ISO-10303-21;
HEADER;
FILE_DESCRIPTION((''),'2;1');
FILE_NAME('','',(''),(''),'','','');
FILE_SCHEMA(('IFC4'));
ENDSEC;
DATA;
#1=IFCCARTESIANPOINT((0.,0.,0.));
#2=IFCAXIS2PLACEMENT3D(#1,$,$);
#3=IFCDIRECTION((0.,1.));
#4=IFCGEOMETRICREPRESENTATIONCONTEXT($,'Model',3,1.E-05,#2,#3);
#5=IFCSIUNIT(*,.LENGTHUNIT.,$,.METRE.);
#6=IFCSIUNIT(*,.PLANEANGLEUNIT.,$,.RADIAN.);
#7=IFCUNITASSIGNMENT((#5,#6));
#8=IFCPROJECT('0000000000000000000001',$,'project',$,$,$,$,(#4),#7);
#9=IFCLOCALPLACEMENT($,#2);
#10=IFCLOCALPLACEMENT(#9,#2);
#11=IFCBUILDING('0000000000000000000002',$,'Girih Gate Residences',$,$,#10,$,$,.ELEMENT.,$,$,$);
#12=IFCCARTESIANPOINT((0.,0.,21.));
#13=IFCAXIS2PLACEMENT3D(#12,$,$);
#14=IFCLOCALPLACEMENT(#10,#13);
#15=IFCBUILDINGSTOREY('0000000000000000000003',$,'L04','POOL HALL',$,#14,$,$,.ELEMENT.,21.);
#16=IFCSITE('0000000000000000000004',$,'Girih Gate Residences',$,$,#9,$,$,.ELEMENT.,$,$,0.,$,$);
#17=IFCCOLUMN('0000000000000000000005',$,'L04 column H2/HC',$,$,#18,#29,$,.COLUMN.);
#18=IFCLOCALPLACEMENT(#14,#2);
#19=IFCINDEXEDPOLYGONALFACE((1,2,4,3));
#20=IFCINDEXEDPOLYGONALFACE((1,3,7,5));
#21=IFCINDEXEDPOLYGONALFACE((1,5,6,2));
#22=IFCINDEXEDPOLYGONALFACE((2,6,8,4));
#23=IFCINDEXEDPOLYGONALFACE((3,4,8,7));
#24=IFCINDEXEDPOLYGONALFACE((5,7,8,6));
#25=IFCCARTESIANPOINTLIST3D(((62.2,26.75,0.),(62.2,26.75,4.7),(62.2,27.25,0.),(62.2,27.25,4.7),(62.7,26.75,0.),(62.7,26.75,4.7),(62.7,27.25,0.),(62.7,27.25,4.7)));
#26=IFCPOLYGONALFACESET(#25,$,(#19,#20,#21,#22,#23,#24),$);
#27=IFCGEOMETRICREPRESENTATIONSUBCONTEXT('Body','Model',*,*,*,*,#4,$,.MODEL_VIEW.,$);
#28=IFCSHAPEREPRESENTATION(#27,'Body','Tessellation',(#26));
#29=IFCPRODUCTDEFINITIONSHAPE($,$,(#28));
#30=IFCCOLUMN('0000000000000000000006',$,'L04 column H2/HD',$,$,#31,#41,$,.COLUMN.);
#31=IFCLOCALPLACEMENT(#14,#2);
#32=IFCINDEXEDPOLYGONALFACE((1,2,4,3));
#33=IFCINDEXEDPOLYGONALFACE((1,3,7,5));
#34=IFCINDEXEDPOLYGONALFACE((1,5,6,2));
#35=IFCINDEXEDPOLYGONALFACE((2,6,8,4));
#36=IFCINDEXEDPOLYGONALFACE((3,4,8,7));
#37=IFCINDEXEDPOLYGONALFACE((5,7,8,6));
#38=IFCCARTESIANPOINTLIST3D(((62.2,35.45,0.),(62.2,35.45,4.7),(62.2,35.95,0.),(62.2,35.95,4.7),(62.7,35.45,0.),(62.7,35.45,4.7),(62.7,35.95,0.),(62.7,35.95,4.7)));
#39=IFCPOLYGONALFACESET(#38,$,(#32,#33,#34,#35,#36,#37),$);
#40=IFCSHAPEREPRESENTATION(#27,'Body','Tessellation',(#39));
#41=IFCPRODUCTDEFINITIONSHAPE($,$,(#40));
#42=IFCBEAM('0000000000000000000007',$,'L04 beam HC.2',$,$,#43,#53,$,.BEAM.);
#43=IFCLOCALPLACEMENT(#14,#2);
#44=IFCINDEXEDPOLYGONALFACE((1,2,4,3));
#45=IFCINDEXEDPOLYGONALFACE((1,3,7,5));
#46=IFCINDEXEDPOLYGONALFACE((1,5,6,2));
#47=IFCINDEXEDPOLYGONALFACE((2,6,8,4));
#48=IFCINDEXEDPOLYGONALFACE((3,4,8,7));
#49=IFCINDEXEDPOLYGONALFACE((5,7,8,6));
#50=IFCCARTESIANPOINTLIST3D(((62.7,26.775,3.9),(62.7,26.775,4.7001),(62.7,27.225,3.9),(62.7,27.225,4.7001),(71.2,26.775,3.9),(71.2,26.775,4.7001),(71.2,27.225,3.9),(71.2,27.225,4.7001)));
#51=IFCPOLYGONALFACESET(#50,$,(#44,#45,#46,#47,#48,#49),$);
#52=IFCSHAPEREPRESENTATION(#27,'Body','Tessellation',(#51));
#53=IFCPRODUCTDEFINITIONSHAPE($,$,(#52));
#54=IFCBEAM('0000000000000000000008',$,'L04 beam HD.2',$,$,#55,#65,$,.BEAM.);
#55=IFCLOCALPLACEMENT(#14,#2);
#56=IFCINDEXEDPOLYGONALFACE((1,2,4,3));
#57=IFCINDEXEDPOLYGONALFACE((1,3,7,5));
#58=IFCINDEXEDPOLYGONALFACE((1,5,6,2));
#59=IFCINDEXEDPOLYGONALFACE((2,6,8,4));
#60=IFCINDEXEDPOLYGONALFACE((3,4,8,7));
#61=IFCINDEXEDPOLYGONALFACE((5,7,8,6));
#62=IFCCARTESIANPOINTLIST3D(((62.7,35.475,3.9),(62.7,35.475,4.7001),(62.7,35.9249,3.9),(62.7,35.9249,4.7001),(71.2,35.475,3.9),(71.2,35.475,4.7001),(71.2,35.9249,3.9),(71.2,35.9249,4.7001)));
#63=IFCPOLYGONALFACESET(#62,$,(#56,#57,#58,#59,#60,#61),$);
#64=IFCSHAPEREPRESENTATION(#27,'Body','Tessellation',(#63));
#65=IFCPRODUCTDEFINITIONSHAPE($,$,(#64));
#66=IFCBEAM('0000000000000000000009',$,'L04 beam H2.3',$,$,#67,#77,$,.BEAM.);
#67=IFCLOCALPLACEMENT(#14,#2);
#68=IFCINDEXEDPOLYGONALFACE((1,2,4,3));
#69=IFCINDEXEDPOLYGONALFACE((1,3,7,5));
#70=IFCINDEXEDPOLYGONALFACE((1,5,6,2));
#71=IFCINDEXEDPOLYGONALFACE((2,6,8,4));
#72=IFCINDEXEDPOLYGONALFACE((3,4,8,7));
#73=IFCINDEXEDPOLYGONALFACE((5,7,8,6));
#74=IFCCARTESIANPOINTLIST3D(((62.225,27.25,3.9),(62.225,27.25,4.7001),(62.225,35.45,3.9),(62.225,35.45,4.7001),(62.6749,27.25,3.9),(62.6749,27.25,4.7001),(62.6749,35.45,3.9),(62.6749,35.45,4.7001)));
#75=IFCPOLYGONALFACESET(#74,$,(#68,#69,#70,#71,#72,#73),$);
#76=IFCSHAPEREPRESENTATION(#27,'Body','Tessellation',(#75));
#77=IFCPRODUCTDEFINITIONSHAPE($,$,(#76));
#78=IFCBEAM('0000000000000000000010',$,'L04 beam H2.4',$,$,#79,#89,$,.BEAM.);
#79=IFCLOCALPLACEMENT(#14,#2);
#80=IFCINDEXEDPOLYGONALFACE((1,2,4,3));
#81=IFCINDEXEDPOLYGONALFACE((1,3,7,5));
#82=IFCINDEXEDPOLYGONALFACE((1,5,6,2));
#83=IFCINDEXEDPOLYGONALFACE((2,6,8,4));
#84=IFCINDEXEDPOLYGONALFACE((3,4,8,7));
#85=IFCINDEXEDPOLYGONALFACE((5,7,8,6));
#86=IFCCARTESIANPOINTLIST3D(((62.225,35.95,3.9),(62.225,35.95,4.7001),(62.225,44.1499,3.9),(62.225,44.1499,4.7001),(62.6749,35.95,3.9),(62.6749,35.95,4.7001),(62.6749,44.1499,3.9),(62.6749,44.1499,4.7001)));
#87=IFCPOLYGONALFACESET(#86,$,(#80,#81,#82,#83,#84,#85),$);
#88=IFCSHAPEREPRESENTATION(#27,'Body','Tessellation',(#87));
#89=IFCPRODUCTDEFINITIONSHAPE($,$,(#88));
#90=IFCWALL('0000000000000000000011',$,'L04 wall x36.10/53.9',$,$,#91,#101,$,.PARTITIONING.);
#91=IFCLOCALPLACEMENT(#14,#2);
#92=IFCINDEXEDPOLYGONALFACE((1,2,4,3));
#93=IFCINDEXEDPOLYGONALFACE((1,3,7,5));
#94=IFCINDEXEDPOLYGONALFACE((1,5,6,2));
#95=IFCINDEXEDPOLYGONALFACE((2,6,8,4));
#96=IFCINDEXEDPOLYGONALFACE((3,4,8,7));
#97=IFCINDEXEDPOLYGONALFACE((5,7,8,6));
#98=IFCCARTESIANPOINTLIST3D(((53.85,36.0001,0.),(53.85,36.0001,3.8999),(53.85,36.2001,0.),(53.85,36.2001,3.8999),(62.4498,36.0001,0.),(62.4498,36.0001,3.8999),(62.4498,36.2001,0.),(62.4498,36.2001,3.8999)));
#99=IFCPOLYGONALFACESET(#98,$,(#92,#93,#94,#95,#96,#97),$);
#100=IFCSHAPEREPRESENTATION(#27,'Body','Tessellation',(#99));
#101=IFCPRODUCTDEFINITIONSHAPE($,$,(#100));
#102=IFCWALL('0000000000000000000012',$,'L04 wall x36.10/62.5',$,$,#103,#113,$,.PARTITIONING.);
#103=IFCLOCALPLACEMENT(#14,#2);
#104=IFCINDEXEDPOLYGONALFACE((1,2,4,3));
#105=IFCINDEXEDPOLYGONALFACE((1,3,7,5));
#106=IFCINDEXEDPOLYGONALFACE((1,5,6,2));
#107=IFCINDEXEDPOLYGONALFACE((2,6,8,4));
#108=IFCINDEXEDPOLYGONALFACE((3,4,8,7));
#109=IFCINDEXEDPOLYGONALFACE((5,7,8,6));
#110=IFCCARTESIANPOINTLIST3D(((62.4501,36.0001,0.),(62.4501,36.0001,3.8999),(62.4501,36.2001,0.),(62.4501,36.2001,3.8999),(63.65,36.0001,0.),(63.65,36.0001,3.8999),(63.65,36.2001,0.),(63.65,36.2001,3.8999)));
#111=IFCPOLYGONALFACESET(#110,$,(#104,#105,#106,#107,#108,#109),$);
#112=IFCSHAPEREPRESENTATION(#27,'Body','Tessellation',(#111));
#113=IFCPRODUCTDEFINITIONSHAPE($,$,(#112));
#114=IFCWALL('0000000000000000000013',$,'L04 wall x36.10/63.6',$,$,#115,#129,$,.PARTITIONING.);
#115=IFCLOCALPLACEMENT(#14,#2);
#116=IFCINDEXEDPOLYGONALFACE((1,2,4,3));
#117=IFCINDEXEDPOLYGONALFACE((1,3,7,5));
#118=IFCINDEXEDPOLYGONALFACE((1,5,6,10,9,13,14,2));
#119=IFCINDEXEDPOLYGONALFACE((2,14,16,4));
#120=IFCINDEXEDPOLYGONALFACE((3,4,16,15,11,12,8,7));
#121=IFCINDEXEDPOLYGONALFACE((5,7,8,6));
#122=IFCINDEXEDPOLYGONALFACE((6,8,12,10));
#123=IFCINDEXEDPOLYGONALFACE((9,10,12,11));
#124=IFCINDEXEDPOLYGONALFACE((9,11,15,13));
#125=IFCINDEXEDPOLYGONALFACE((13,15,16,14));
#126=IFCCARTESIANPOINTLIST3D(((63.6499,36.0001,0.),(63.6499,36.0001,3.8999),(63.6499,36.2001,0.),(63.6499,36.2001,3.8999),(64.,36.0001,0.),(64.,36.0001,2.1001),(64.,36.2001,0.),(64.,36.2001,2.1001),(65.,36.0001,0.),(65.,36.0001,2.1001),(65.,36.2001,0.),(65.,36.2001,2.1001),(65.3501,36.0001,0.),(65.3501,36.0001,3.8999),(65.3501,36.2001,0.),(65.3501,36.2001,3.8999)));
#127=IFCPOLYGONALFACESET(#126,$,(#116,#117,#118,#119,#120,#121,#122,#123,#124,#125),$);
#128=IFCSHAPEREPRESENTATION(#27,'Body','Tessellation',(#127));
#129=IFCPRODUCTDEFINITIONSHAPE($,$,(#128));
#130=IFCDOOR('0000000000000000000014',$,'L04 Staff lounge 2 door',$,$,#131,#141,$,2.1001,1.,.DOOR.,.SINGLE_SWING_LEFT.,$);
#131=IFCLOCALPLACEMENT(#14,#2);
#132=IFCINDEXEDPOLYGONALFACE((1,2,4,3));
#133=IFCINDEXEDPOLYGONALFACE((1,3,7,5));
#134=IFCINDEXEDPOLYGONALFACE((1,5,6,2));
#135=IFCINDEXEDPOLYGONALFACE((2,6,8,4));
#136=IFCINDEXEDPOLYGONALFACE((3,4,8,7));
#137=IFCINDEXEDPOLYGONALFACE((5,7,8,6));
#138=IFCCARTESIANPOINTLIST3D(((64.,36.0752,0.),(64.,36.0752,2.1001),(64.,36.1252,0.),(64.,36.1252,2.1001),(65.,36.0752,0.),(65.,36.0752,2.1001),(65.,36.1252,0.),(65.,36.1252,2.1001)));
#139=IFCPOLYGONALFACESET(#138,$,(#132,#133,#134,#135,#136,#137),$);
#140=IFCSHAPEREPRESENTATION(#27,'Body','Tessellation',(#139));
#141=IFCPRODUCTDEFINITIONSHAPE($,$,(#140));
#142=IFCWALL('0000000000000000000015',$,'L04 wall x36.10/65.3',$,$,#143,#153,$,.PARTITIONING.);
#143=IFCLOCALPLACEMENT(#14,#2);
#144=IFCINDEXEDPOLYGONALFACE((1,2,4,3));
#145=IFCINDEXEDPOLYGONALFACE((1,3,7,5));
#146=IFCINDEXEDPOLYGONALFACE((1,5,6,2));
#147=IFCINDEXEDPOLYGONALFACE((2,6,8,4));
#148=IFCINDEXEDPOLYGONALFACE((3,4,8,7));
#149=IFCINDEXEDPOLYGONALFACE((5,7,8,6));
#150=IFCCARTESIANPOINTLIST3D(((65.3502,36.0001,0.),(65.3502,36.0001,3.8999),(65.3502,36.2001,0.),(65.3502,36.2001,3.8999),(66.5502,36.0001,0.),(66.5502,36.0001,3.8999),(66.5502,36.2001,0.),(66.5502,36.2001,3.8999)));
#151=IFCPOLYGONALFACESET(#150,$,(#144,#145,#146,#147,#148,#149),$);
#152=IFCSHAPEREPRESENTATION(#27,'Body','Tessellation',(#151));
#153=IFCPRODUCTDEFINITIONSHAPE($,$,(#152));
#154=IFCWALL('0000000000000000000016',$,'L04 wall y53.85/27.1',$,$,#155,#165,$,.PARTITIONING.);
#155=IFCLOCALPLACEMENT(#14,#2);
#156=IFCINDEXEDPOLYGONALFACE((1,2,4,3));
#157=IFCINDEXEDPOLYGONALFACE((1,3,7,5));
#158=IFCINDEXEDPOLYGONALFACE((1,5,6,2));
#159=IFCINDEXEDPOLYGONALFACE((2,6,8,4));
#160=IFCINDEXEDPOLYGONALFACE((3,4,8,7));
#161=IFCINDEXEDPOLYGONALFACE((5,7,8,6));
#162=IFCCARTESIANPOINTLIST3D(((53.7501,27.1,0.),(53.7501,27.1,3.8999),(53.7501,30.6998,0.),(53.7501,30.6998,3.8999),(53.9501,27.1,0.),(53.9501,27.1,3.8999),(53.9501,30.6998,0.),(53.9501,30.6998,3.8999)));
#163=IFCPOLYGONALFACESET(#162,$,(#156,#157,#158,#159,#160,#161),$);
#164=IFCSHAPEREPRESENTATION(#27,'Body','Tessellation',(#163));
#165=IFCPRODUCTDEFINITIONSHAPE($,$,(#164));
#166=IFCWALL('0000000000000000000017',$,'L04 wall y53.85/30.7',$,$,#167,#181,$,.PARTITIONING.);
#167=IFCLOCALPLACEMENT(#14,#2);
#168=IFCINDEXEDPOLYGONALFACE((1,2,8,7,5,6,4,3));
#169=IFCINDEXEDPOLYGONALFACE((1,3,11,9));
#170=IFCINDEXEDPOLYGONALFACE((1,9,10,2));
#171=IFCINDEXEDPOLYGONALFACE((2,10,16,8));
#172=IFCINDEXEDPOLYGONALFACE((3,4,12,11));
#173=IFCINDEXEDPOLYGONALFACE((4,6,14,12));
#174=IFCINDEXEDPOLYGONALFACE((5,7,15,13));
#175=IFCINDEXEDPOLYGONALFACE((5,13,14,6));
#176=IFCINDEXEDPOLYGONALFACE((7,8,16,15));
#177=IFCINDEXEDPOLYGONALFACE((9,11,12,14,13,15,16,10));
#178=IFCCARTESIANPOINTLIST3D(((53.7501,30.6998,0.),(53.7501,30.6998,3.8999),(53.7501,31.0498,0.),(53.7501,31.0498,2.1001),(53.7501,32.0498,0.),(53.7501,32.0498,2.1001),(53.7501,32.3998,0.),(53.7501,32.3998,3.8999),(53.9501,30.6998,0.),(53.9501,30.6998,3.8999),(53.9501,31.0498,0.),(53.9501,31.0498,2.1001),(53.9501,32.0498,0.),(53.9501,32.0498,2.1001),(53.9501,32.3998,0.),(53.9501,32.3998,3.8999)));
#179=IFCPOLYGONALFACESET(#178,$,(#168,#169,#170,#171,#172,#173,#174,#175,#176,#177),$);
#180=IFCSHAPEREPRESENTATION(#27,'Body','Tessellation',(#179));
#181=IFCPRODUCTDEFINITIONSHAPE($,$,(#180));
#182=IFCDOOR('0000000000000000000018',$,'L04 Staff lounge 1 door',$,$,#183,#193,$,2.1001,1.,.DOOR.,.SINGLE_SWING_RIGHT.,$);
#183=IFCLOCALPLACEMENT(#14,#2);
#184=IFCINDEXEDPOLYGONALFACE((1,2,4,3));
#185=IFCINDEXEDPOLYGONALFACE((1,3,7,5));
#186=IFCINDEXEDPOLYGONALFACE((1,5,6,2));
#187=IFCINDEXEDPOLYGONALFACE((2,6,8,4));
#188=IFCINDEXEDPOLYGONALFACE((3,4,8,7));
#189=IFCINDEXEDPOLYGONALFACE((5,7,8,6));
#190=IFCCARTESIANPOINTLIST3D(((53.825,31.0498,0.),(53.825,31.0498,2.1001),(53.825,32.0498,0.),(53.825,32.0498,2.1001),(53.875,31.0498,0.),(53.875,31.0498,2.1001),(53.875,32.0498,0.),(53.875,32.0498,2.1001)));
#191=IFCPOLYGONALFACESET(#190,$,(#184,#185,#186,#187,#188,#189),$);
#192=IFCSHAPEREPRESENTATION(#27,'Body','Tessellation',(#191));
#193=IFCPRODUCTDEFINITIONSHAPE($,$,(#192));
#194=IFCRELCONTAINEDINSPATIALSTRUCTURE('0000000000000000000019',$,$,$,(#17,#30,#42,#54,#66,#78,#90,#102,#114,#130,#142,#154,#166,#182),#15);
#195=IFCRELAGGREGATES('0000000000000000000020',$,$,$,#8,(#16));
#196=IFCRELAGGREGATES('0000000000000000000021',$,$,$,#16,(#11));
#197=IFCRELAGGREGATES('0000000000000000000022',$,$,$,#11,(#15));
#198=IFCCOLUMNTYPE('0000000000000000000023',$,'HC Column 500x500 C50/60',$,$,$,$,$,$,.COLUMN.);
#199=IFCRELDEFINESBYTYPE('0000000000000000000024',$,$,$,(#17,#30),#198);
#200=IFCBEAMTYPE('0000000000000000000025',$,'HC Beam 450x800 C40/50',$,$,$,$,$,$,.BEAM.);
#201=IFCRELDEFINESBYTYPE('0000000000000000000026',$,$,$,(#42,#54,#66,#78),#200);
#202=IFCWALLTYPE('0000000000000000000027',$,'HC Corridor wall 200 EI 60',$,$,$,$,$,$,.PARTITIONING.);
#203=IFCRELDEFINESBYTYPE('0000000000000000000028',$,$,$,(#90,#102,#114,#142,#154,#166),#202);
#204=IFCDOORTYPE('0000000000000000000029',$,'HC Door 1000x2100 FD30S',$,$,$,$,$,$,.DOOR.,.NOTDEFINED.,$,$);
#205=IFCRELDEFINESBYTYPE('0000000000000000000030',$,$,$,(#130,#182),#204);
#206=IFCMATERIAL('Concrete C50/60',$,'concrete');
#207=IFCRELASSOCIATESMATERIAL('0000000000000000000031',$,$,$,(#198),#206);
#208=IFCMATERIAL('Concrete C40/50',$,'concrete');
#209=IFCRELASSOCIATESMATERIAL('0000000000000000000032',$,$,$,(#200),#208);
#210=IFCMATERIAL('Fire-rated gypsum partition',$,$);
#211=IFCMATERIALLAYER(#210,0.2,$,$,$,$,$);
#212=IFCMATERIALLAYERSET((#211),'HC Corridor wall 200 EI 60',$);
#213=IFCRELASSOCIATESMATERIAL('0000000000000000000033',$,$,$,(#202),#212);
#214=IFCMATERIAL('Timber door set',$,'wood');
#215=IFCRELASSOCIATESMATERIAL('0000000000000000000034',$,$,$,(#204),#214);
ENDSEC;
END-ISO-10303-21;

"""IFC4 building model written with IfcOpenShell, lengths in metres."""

from ifc_helpers import new_model, si_unit, direction, frame, frame_2d, origin, origin_2d, place, context, subcontext, project, spatial, rectangle, extrude, material, layer, layer_set, material_profile, profile_set, type_object, element, fill, save


model = new_model("IFC4")

# Units and contexts
model_context = context("Model", 3, precision=1e-05, world=origin(), true_north=direction((0.0, 1.0)))
body_context = subcontext(model_context, "Body", "Model", "MODEL_VIEW")
ifc_project = project(units=[si_unit("LENGTHUNIT", "METRE"), si_unit("PLANEANGLEUNIT", "RADIAN")], contexts=[model_context])

# Site, building, storey
site_placement = place(None, origin())
site = spatial("IfcSite", under=ifc_project, at=site_placement, Name="Girih Gate Residences", CompositionType="ELEMENT", RefElevation=0.0)
building_placement = place(site_placement, origin())
building = spatial("IfcBuilding", under=site, at=building_placement, Name="Girih Gate Residences", CompositionType="ELEMENT")
storey_placement = place(building_placement, frame((0.0, 0.0, 21.0)))
storey = spatial("IfcBuildingStorey", under=building, at=storey_placement, Name="L04", Description="POOL HALL", CompositionType="ELEMENT", Elevation=21.0)

# Columns
ifc_material_1 = material(Name="Concrete C50/60", Category="concrete")
ifc_material_profile_1 = material_profile(ifc_material_1, rectangle(XDim=0.5, YDim=0.5, at=origin_2d()))
ifc_profile_set_1 = profile_set([ifc_material_profile_1], Name="Concrete C50/60")
column_type = type_object("IfcColumnType", Name="HC Column 500x500 C50/60", PredefinedType="COLUMN", material=ifc_profile_set_1)
for number, where, z_axis, x_axis, name in (
    (1, (62.45, 27.0, 0.0), (0.0, 0.0, 1.0), (1.0, 0.0, 0.0), "L04 column H2/HC"),
    (2, (62.45, 35.7, 0.0), (0.0, 0.0, 1.0), (1.0, 0.0, 0.0), "L04 column H2/HD"),
):
    element("IfcColumn", number, at=place(storey_placement, frame(where, z_axis=z_axis, x_axis=x_axis)), inside=storey, type_object=column_type, Name=name, PredefinedType="COLUMN", context=body_context, shape_type="SweptSolid", body=[
        extrude(rectangle(XDim=0.5, YDim=0.5, at=origin_2d()), origin(), (0.0, 0.0, 1.0), 4.7),
    ])

# Beams
ifc_material_2 = material(Name="Concrete C40/50", Category="concrete")
ifc_material_profile_2 = material_profile(ifc_material_2, rectangle(XDim=0.45, YDim=0.8, at=origin_2d()))
ifc_profile_set_2 = profile_set([ifc_material_profile_2], Name="Concrete C40/50")
beam_type = type_object("IfcBeamType", Name="HC Beam 450x800 C40/50", PredefinedType="BEAM", material=ifc_profile_set_2)
for number, where, z_axis, x_axis, name in (
    (3, (62.7, 27.0, 4.3), (1.0, 0.0, 0.0), (0.0, 1.0, 0.0), "L04 beam HC.2"),
    (4, (62.7, 35.7, 4.3), (1.0, 0.0, 0.0), (0.0, 1.0, 0.0), "L04 beam HD.2"),
):
    element("IfcBeam", number, at=place(storey_placement, frame(where, z_axis=z_axis, x_axis=x_axis)), inside=storey, type_object=beam_type, Name=name, PredefinedType="BEAM", context=body_context, shape_type="SweptSolid", body=[
        extrude(rectangle(XDim=0.45, YDim=0.8, at=origin_2d()), origin(), (0.0, 0.0, 1.0), 8.5),
    ])
for number, where, z_axis, x_axis, name in (
    (5, (62.45, 27.25, 4.3), (0.0, 1.0, 0.0), (-1.0, 0.0, 0.0), "L04 beam H2.3"),
    (6, (62.45, 35.95, 4.3), (0.0, 1.0, 0.0), (-1.0, 0.0, 0.0), "L04 beam H2.4"),
):
    element("IfcBeam", number, at=place(storey_placement, frame(where, z_axis=z_axis, x_axis=x_axis)), inside=storey, type_object=beam_type, Name=name, PredefinedType="BEAM", context=body_context, shape_type="SweptSolid", body=[
        extrude(rectangle(XDim=0.45, YDim=0.8, at=origin_2d()), origin(), (0.0, 0.0, 1.0), 8.2),
    ])

# Walls
ifc_material_3 = material(Name="Fire-rated gypsum partition")
ifc_layer_1 = layer(ifc_material_3, 0.2)
ifc_layer_set_1 = layer_set([ifc_layer_1], Name="HC Corridor wall 200 EI 60")
wall_type_1 = type_object("IfcWallType", Name="HC Corridor wall 200 EI 60", PredefinedType="PARTITIONING", material=ifc_layer_set_1)
wall_1_placement = place(storey_placement, frame((53.8501, 36.1001, 0.0), z_axis=(0.0, 0.0, 1.0), x_axis=(1.0, 0.0, 0.0)))
element("IfcWall", 7, at=wall_1_placement, inside=storey, type_object=wall_type_1, Name="L04 wall x36.10/53.9", PredefinedType="PARTITIONING", context=body_context, shape_type="SweptSolid", body=[
    extrude(rectangle(XDim=8.5999, YDim=0.2, at=frame_2d((4.2998, 0.0))), origin(), (0.0, 0.0, 1.0), 3.8999),
])
wall_2_placement = place(storey_placement, frame((62.45, 36.1001, 0.0), z_axis=(0.0, 0.0, 1.0), x_axis=(1.0, 0.0, 0.0)))
element("IfcWall", 8, at=wall_2_placement, inside=storey, type_object=wall_type_1, Name="L04 wall x36.10/62.5", PredefinedType="PARTITIONING", context=body_context, shape_type="SweptSolid", body=[
    extrude(rectangle(XDim=1.2, YDim=0.2, at=frame_2d((0.6001, 0.0))), origin(), (0.0, 0.0, 1.0), 3.8999),
])

# Wall, opening, door
wall_3_placement = place(storey_placement, frame((65.3501, 36.1001, 0.0), z_axis=(0.0, 0.0, 1.0), x_axis=(-1.0, 0.0, 0.0)))
wall_3 = element("IfcWall", 9, at=wall_3_placement, inside=storey, type_object=wall_type_1, Name="L04 wall x36.10/63.6", PredefinedType="PARTITIONING", context=body_context, shape_type="SweptSolid", body=[
    extrude(rectangle(XDim=1.7002, YDim=0.2, at=frame_2d((0.8501, 0.0))), origin(), (0.0, 0.0, 1.0), 3.8999),
])
opening_1_placement = place(wall_3_placement, frame((0.3501, 0.0, 0.0)))
opening_1 = element("IfcOpeningElement", 10, at=opening_1_placement, cuts=wall_3, PredefinedType="OPENING", context=body_context, shape_type="SweptSolid", body=[
    extrude(rectangle(XDim=1.0, YDim=2.1001, at=frame_2d((0.5, 1.05))), frame((0.0, 0.1099, 0.0), z_axis=(0.0, -1.0, 0.0), x_axis=(1.0, 0.0, 0.0)), (0.0, 0.0, 1.0), 0.22),
])
ifc_material_4 = material(Name="Timber door set", Category="wood")
door_type = type_object("IfcDoorType", Name="HC Door 1000x2100 FD30S", OperationType="NOTDEFINED", PredefinedType="DOOR", material=ifc_material_4)
door_1_placement = place(opening_1_placement, origin())
door_1 = element("IfcDoor", 11, at=door_1_placement, inside=storey, type_object=door_type, Name="L04 Staff lounge 2 door", OperationType="SINGLE_SWING_LEFT", OverallHeight=2.1001, OverallWidth=1.0, PredefinedType="DOOR", context=body_context, shape_type="SweptSolid", body=[
    extrude(rectangle(XDim=1.0, YDim=2.1001, at=frame_2d((0.5, 1.05))), frame((0.0, 0.0249, 0.0), z_axis=(0.0, -1.0, 0.0), x_axis=(1.0, 0.0, 0.0)), (0.0, 0.0, 1.0), 0.05),
])
fill(opening_1, door_1)

# Walls
wall_4_placement = place(storey_placement, frame((65.3501, 36.1001, 0.0), z_axis=(0.0, 0.0, 1.0), x_axis=(1.0, 0.0, 0.0)))
element("IfcWall", 12, at=wall_4_placement, inside=storey, type_object=wall_type_1, Name="L04 wall x36.10/65.3", PredefinedType="PARTITIONING", context=body_context, shape_type="SweptSolid", body=[
    extrude(rectangle(XDim=1.2, YDim=0.2, at=frame_2d((0.6001, 0.0))), origin(), (0.0, 0.0, 1.0), 3.8999),
])
wall_5_placement = place(storey_placement, frame((53.8501, 27.1001, 0.0), z_axis=(0.0, 0.0, 1.0), x_axis=(0.0, 1.0, 0.0)))
element("IfcWall", 13, at=wall_5_placement, inside=storey, type_object=wall_type_1, Name="L04 wall y53.85/27.1", PredefinedType="PARTITIONING", context=body_context, shape_type="SweptSolid", body=[
    extrude(rectangle(XDim=3.5999, YDim=0.2, at=frame_2d((1.7998, 0.0))), origin(), (0.0, 0.0, 1.0), 3.8999),
])

# Wall, opening, door
wall_6_placement = place(storey_placement, frame((53.8501, 32.3999, 0.0), z_axis=(0.0, 0.0, 1.0), x_axis=(0.0, -1.0, 0.0)))
wall_6 = element("IfcWall", 14, at=wall_6_placement, inside=storey, type_object=wall_type_1, Name="L04 wall y53.85/30.7", PredefinedType="PARTITIONING", context=body_context, shape_type="SweptSolid", body=[
    extrude(rectangle(XDim=1.7, YDim=0.2, at=frame_2d((0.8501, 0.0))), origin(), (0.0, 0.0, 1.0), 3.8999),
])
opening_2_placement = place(wall_6_placement, frame((0.3501, 0.0, 0.0)))
opening_2 = element("IfcOpeningElement", 15, at=opening_2_placement, cuts=wall_6, PredefinedType="OPENING", context=body_context, shape_type="SweptSolid", body=[
    extrude(rectangle(XDim=1.0, YDim=2.1001, at=frame_2d((0.5, 1.05))), frame((0.0, 0.1099, 0.0), z_axis=(0.0, -1.0, 0.0), x_axis=(1.0, 0.0, 0.0)), (0.0, 0.0, 1.0), 0.22),
])
door_2_placement = place(opening_2_placement, origin())
door_2 = element("IfcDoor", 16, at=door_2_placement, inside=storey, type_object=door_type, Name="L04 Staff lounge 1 door", OperationType="SINGLE_SWING_RIGHT", OverallHeight=2.1001, OverallWidth=1.0, PredefinedType="DOOR", context=body_context, shape_type="SweptSolid", body=[
    extrude(rectangle(XDim=1.0, YDim=2.1001, at=frame_2d((0.5, 1.05))), frame((0.0, 0.0249, 0.0), z_axis=(0.0, -1.0, 0.0), x_axis=(1.0, 0.0, 0.0)), (0.0, 0.0, 1.0), 0.05),
])
fill(opening_2, door_2)

save(model, "model.ifc")
